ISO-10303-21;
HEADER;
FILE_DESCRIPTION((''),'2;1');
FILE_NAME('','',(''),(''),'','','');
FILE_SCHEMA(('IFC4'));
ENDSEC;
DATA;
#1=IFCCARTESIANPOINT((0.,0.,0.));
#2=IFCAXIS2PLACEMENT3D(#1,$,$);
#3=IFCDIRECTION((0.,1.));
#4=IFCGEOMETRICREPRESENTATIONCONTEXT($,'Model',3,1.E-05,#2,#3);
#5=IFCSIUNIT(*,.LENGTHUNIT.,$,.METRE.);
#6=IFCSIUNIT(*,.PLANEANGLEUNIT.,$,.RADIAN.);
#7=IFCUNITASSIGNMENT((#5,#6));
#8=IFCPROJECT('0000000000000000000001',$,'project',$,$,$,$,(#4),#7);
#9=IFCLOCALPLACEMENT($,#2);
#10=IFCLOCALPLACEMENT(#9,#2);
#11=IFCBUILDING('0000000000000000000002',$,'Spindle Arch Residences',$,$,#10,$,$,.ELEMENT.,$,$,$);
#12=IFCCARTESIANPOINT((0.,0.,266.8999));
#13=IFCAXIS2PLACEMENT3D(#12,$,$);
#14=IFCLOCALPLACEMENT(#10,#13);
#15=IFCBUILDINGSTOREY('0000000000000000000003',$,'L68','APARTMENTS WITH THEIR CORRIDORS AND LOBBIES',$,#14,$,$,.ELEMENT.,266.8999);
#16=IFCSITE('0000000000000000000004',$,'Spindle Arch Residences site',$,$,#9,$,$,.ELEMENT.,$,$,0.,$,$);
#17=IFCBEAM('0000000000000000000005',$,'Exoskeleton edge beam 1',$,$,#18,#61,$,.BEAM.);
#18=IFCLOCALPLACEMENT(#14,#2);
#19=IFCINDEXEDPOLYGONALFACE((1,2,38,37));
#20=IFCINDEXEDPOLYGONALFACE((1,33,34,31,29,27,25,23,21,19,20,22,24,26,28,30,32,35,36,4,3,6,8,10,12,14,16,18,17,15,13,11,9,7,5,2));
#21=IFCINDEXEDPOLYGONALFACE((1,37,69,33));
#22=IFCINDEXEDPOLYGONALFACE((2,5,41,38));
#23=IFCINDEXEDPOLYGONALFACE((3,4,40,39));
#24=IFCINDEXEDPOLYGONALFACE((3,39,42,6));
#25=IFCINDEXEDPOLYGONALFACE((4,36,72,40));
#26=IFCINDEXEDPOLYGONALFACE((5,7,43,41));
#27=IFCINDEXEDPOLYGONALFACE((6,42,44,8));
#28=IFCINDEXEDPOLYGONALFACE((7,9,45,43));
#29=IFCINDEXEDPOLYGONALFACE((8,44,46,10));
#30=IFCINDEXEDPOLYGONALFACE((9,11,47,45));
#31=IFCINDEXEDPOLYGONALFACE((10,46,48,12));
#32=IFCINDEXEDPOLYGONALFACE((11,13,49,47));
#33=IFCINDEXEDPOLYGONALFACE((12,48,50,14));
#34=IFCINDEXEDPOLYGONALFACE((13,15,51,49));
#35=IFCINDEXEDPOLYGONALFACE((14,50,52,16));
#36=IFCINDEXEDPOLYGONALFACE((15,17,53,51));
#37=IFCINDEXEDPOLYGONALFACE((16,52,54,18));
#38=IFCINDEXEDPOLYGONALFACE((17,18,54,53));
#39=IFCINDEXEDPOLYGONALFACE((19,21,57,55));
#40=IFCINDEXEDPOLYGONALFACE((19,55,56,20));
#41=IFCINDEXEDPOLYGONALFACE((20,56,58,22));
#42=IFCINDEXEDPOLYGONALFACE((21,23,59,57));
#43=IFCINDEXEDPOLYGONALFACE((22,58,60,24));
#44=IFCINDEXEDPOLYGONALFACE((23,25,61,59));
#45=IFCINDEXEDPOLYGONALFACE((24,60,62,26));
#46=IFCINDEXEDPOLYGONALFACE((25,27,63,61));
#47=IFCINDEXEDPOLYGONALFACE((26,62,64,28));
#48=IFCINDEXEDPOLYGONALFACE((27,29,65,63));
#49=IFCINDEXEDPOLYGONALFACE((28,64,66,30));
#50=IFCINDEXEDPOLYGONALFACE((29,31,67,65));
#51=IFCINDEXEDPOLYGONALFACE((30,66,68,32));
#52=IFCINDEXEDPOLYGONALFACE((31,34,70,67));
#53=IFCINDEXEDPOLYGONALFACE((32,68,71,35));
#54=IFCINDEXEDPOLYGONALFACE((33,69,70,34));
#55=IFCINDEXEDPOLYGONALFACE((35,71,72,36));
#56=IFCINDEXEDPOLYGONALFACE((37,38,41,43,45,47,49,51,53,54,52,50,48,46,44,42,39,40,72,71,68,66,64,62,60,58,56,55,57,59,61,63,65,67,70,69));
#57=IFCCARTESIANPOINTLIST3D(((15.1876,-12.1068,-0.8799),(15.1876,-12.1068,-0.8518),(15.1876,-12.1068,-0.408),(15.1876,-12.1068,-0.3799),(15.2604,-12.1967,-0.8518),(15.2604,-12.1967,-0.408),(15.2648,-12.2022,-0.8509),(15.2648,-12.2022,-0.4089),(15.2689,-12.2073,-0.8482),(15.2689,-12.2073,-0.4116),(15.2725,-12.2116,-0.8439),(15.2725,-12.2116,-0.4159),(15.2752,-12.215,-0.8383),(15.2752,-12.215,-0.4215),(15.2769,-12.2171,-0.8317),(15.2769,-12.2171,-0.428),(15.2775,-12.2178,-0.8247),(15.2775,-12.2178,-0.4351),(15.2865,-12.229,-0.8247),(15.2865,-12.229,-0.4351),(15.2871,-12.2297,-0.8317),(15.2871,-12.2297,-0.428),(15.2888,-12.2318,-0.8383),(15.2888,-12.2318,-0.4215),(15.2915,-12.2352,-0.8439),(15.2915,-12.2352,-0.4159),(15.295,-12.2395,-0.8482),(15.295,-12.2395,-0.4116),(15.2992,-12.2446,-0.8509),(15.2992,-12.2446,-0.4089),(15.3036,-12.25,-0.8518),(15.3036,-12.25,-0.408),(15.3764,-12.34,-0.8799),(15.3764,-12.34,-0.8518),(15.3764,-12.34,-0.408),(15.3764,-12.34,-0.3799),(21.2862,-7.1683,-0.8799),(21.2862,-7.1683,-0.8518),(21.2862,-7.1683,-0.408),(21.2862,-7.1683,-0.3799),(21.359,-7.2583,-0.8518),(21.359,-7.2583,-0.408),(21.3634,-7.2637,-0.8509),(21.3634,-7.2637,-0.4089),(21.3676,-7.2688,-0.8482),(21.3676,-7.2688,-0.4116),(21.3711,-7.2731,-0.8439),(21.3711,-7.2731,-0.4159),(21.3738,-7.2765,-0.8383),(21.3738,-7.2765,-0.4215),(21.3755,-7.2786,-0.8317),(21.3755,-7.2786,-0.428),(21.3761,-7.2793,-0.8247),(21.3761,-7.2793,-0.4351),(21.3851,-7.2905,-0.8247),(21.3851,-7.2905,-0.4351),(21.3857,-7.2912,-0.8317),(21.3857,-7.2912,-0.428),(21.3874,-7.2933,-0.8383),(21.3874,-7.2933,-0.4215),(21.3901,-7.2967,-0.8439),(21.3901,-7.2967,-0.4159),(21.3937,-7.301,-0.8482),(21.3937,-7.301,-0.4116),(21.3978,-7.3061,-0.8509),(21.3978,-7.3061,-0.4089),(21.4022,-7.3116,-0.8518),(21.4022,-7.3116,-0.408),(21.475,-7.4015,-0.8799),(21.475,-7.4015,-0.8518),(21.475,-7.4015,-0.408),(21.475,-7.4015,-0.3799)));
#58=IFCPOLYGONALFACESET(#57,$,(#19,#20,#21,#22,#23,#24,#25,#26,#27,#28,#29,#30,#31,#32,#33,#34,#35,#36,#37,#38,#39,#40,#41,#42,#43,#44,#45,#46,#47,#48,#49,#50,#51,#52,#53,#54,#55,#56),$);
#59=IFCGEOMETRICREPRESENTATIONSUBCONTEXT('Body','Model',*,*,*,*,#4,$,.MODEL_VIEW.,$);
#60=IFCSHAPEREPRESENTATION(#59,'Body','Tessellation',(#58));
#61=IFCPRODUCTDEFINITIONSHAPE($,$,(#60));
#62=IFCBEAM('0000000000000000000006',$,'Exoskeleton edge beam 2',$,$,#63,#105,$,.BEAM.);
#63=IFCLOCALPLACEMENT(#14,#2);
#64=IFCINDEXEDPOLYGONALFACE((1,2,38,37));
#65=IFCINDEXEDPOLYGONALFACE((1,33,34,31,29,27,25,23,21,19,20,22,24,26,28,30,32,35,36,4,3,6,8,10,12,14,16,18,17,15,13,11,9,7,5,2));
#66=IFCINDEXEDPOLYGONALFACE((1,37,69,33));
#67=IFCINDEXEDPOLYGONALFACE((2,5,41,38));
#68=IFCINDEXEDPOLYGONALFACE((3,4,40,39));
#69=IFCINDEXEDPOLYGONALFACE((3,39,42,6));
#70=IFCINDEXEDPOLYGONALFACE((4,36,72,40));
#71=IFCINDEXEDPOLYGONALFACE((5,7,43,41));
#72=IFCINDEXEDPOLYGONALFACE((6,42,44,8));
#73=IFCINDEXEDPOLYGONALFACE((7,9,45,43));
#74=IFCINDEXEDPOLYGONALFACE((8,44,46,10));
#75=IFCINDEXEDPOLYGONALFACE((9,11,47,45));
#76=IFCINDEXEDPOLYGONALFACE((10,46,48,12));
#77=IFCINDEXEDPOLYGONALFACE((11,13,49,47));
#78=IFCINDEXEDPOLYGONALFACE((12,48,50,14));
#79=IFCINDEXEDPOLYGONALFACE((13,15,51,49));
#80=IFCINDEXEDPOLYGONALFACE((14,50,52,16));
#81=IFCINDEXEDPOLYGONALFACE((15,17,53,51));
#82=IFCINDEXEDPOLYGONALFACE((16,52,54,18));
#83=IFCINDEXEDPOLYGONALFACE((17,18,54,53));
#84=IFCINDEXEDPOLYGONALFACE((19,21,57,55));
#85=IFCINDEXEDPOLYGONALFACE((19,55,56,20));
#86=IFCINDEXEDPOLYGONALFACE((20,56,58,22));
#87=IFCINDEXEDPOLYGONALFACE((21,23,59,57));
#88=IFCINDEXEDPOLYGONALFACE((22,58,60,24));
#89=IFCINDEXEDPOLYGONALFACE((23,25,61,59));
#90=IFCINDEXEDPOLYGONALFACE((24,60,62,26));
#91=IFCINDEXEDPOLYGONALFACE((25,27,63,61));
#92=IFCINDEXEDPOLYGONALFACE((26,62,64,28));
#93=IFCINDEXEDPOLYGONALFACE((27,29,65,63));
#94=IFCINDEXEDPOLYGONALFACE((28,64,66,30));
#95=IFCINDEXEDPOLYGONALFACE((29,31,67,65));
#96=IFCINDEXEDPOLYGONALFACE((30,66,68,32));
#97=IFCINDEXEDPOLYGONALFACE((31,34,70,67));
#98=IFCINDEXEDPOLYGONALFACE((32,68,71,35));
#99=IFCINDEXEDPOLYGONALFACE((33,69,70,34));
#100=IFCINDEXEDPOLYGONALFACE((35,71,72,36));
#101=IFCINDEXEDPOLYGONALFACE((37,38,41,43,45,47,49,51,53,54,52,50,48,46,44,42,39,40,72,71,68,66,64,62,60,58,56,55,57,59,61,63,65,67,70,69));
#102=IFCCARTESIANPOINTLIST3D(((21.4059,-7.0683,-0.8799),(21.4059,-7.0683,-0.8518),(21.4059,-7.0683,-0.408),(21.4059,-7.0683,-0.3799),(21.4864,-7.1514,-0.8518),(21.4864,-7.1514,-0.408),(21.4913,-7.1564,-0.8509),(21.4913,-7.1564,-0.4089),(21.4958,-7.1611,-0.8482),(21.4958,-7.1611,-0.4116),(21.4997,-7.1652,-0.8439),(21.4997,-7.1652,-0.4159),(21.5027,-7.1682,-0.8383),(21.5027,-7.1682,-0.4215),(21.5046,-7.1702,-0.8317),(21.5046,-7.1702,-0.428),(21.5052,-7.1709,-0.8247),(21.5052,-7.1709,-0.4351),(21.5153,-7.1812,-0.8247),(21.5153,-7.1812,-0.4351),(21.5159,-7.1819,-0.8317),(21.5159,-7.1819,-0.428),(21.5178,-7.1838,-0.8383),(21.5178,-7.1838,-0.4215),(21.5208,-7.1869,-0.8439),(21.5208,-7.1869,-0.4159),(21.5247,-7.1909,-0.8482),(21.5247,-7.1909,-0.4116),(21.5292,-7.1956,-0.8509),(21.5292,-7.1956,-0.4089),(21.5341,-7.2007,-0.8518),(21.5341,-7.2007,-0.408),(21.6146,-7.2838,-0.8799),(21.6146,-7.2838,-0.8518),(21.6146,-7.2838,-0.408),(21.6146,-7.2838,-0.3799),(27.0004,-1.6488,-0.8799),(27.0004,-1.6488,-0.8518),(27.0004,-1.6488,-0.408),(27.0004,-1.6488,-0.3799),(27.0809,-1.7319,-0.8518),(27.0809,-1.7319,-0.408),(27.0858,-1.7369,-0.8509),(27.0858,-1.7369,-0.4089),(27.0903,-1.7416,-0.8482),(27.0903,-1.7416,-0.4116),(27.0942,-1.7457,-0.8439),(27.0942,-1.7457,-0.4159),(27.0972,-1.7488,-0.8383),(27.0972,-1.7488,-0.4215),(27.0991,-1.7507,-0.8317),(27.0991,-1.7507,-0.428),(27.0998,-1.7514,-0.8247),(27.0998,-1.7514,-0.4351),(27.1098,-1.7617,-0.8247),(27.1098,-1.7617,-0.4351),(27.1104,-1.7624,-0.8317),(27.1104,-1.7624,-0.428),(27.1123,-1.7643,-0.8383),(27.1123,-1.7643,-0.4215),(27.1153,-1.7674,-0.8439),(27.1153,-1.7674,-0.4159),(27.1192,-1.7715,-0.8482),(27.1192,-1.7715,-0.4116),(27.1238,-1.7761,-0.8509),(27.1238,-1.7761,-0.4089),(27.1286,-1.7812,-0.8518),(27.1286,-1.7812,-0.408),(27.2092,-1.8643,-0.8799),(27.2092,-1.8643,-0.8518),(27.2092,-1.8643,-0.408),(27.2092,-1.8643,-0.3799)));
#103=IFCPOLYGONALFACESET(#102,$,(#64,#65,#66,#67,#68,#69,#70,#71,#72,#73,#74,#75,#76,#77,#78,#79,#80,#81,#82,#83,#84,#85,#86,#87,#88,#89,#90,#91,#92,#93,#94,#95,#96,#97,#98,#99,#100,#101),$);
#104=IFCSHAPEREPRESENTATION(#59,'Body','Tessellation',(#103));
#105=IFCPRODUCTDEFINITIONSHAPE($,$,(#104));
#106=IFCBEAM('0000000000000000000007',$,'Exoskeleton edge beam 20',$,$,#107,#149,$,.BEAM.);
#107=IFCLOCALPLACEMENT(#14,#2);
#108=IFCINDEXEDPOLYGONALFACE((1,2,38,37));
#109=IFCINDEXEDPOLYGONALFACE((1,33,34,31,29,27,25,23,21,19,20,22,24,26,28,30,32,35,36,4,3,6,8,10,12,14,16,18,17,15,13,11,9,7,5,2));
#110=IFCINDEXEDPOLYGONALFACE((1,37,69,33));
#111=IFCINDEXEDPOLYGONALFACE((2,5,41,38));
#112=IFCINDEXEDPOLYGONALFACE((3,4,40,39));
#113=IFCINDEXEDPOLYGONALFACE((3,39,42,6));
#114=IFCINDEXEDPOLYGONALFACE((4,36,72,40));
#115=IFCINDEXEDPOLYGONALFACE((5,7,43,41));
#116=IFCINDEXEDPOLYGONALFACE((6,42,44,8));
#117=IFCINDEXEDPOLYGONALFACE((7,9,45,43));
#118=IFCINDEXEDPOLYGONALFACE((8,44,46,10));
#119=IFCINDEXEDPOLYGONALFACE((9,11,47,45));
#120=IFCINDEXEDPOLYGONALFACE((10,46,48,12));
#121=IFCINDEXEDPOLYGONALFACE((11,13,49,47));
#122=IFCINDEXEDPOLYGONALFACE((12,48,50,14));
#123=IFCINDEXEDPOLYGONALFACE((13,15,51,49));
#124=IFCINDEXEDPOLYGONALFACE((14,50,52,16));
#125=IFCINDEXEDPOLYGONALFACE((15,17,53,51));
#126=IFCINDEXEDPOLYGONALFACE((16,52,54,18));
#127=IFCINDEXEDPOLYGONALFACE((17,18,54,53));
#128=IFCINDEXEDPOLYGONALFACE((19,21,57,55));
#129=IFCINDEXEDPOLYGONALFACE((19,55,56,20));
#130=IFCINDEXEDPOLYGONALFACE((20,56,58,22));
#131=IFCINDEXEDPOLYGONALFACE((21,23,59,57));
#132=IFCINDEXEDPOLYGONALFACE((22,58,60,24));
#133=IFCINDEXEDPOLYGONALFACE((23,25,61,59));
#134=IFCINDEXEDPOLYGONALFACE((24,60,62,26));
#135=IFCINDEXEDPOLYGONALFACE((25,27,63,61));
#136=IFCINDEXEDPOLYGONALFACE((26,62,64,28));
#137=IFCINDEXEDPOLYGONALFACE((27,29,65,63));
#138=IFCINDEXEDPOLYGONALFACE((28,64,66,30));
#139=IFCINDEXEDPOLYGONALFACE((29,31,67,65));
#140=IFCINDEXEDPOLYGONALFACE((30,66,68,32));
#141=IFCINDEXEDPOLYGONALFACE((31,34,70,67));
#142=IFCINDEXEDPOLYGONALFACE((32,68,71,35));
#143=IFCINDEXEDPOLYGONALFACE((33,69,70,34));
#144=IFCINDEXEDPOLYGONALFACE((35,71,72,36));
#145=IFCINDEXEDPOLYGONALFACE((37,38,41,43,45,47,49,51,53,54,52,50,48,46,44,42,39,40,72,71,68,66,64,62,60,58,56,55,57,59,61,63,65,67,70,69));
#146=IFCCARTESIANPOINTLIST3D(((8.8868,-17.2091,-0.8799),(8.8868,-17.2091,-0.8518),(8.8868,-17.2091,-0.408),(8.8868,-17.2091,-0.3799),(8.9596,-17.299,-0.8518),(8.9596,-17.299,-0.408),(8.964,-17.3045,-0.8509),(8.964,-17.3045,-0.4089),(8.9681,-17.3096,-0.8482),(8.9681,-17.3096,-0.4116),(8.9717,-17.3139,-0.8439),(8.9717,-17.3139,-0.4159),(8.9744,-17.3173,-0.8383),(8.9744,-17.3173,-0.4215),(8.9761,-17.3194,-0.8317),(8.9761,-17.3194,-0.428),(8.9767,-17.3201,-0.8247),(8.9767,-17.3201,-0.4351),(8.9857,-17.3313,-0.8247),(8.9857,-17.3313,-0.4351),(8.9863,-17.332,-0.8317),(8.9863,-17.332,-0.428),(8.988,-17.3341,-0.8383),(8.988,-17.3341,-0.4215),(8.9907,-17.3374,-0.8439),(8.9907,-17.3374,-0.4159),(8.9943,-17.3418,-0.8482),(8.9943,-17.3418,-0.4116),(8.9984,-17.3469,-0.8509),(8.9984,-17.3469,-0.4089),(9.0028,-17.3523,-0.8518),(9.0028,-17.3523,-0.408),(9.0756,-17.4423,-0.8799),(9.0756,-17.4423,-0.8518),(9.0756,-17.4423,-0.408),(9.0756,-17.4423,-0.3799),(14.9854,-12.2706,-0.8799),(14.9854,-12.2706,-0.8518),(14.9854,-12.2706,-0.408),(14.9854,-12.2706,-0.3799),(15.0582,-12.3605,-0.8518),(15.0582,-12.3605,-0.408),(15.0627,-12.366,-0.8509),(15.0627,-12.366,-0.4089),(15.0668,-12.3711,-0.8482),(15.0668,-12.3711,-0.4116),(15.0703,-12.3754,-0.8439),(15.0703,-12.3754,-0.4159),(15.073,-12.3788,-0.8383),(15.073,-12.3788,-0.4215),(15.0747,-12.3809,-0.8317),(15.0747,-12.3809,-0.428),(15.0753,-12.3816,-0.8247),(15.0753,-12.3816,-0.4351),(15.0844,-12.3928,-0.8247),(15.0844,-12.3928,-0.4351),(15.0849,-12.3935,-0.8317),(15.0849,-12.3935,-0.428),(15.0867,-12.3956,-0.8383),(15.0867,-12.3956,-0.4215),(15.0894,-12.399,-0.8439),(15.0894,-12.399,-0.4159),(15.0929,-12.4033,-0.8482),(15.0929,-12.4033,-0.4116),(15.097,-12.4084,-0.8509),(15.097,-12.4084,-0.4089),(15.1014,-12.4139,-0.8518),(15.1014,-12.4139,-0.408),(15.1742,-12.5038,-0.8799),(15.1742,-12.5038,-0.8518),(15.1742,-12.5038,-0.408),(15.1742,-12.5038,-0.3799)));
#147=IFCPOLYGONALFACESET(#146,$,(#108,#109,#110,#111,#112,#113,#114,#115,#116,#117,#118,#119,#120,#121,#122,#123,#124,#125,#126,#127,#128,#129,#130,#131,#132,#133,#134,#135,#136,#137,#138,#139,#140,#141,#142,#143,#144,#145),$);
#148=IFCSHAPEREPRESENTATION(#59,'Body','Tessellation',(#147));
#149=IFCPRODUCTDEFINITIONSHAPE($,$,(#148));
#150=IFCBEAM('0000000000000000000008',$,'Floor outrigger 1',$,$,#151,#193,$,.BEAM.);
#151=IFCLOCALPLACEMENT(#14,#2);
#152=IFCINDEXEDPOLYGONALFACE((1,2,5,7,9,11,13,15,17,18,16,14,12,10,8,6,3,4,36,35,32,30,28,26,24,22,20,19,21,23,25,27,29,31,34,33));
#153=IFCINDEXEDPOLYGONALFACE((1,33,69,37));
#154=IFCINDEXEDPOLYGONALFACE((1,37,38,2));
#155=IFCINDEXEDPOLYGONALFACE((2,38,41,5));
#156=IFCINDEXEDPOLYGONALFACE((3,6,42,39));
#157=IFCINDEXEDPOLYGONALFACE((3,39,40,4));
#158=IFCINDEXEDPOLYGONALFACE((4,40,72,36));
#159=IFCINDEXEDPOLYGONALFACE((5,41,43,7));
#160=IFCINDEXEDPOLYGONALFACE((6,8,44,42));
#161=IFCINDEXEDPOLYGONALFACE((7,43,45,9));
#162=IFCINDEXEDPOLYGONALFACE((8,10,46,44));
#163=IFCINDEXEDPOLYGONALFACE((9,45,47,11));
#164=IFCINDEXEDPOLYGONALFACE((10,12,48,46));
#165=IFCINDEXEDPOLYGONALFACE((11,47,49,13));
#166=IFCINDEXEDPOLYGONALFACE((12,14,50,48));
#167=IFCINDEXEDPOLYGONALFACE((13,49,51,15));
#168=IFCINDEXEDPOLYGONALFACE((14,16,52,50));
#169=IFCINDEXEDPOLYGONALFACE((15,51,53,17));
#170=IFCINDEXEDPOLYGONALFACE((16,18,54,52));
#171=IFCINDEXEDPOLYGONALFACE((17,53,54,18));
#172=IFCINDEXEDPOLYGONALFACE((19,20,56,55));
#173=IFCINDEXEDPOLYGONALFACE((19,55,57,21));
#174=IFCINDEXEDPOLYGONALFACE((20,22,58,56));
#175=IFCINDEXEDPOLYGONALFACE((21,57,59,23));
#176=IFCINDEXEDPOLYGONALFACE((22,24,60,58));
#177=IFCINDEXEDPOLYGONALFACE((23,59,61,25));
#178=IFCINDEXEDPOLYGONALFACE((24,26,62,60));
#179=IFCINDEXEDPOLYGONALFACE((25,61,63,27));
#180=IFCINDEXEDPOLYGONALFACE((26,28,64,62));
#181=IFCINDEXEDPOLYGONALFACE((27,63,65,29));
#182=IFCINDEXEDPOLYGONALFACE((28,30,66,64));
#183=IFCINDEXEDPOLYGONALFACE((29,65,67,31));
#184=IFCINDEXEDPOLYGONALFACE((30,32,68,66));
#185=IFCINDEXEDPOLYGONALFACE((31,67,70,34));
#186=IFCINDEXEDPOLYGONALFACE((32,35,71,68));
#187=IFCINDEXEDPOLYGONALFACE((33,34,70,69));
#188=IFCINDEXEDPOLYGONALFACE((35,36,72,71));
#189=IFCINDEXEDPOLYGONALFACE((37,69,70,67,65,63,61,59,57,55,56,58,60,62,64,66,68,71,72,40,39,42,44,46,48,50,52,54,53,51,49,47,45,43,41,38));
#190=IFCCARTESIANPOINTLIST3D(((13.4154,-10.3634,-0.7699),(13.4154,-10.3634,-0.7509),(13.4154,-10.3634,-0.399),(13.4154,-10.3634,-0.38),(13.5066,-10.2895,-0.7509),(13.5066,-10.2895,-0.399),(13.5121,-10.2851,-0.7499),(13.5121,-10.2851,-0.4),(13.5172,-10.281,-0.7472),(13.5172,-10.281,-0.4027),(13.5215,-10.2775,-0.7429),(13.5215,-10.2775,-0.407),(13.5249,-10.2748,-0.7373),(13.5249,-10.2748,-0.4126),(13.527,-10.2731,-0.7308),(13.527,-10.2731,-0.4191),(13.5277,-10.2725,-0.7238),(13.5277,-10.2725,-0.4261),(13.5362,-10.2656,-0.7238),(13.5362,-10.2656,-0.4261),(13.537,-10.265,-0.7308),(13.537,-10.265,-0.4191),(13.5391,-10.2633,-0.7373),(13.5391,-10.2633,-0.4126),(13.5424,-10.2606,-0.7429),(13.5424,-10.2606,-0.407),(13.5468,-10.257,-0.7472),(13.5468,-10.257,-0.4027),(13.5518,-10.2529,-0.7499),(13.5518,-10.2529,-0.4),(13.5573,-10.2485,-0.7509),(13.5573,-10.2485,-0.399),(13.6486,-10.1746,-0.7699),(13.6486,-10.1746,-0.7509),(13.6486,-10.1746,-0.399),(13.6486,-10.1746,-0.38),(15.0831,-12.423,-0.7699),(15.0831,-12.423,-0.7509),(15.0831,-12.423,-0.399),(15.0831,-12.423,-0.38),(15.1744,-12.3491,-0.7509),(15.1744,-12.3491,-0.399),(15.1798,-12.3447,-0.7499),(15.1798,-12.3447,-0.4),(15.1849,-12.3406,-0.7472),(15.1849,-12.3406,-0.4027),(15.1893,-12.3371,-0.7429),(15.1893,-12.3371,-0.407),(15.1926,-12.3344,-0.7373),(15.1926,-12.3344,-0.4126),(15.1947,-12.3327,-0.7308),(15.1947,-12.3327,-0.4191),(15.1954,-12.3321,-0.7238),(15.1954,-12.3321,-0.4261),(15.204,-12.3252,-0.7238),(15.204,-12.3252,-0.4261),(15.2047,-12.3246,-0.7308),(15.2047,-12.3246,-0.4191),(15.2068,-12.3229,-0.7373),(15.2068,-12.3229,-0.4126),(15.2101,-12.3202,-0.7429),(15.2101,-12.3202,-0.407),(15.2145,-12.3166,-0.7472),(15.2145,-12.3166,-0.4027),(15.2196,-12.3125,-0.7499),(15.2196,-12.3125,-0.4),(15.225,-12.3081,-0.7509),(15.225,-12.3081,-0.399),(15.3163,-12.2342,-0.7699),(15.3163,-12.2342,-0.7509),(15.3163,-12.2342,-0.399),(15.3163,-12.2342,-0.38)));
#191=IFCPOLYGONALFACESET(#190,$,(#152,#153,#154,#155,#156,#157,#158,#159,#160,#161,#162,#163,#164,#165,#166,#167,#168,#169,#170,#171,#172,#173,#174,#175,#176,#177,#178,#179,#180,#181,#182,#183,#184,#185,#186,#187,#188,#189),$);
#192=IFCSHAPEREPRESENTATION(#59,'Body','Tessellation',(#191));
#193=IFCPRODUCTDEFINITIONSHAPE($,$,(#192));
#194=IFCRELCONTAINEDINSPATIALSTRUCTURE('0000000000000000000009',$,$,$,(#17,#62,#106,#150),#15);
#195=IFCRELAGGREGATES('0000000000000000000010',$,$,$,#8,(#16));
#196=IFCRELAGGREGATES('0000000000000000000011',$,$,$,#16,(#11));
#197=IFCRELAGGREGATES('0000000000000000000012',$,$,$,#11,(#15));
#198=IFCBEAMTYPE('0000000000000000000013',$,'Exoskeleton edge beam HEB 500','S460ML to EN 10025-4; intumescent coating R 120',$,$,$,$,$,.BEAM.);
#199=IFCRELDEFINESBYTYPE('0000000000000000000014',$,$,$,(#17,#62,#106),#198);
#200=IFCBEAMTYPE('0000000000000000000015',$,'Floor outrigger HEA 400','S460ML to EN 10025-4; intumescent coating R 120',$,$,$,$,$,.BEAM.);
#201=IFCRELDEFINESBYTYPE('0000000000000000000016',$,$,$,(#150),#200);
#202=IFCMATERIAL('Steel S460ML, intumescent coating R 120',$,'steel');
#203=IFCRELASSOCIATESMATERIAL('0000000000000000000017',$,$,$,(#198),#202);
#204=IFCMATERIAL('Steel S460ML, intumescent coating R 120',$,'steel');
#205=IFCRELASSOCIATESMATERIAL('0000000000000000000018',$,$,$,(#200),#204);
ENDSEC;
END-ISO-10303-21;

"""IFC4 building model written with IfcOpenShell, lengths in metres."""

from ifc_helpers import new_model, si_unit, direction, frame, origin, origin_2d, place, context, subcontext, project, spatial, i_section, extrude, material, material_profile, profile_set, type_object, element, save


model = new_model("IFC4")

# Units and contexts
model_context = context("Model", 3, precision=1e-05, world=origin(), true_north=direction((0.0, 1.0)))
body_context = subcontext(model_context, "Body", "Model", "MODEL_VIEW")
ifc_project = project(units=[si_unit("LENGTHUNIT", "METRE"), si_unit("PLANEANGLEUNIT", "RADIAN")], contexts=[model_context])

# Site, building, storey
site_placement = place(None, origin())
site = spatial("IfcSite", under=ifc_project, at=site_placement, Name="Spindle Arch Residences site", CompositionType="ELEMENT", RefElevation=0.0)
building_placement = place(site_placement, origin())
building = spatial("IfcBuilding", under=site, at=building_placement, Name="Spindle Arch Residences", CompositionType="ELEMENT")
storey_placement = place(building_placement, frame((0.0, 0.0, 266.8999)))
storey = spatial("IfcBuildingStorey", under=building, at=storey_placement, Name="L68", Description="APARTMENTS WITH THEIR CORRIDORS AND LOBBIES", CompositionType="ELEMENT", Elevation=266.8999)

# Beams
ifc_material_1 = material(Name="Steel S460ML, intumescent coating R 120", Category="steel")
ifc_material_profile_1 = material_profile(ifc_material_1, i_section(OverallWidth=0.3, OverallDepth=0.5, WebThickness=0.0144, FlangeThickness=0.0281, FilletRadius=0.0271, at=origin_2d()), Name="HEB 500")
ifc_profile_set_1 = profile_set([ifc_material_profile_1], Name="Steel S460ML, intumescent coating R 120")
beam_type_1 = type_object("IfcBeamType", Name="Exoskeleton edge beam HEB 500", Description="S460ML to EN 10025-4; intumescent coating R 120", PredefinedType="BEAM", material=ifc_profile_set_1)
beam_1_placement = place(storey_placement, frame((15.282, -12.2234, -0.6299), z_axis=(0.777152, 0.629313, 0.0), x_axis=(-0.629313, 0.777152, 0.0)))
element("IfcBeam", 1, at=beam_1_placement, inside=storey, type_object=beam_type_1, Name="Exoskeleton edge beam 1", PredefinedType="BEAM", context=body_context, shape_type="SweptSolid", body=[
    extrude(i_section(OverallWidth=0.3, OverallDepth=0.5, WebThickness=0.0144, FlangeThickness=0.0281, FilletRadius=0.0271, at=origin_2d()), origin(), (0.0, 0.0, 1.0), 7.8474),
])
beam_2_placement = place(storey_placement, frame((21.5103, -7.176, -0.6299), z_axis=(0.718254, 0.695781, 0.0), x_axis=(-0.695781, 0.718254, 0.0)))
element("IfcBeam", 2, at=beam_2_placement, inside=storey, type_object=beam_type_1, Name="Exoskeleton edge beam 2", PredefinedType="BEAM", context=body_context, shape_type="SweptSolid", body=[
    extrude(i_section(OverallWidth=0.3, OverallDepth=0.5, WebThickness=0.0144, FlangeThickness=0.0281, FilletRadius=0.0271, at=origin_2d()), origin(), (0.0, 0.0, 1.0), 7.7891),
])
beam_3_placement = place(storey_placement, frame((8.9812, -17.3257, -0.6299), z_axis=(0.777152, 0.629313, 0.0), x_axis=(-0.629313, 0.777152, 0.0)))
element("IfcBeam", 3, at=beam_3_placement, inside=storey, type_object=beam_type_1, Name="Exoskeleton edge beam 20", PredefinedType="BEAM", context=body_context, shape_type="SweptSolid", body=[
    extrude(i_section(OverallWidth=0.3, OverallDepth=0.5, WebThickness=0.0144, FlangeThickness=0.0281, FilletRadius=0.0271, at=origin_2d()), origin(), (0.0, 0.0, 1.0), 7.8474),
])
ifc_material_2 = material(Name="Steel S460ML, intumescent coating R 120", Category="steel")
ifc_material_profile_2 = material_profile(ifc_material_2, i_section(OverallWidth=0.3, OverallDepth=0.3899, WebThickness=0.011, FlangeThickness=0.019, FilletRadius=0.0271, at=origin_2d()), Name="HEA 400")
ifc_profile_set_2 = profile_set([ifc_material_profile_2], Name="Steel S460ML, intumescent coating R 120")
beam_type_2 = type_object("IfcBeamType", Name="Floor outrigger HEA 400", Description="S460ML to EN 10025-4; intumescent coating R 120", PredefinedType="BEAM", material=ifc_profile_set_2)
for number, where, z_axis, x_axis, name in (
    (4, (15.1997, -12.3286, -0.575), (-0.629302, 0.777161, 0.0), (-0.777161, -0.629302, 0.0), "Floor outrigger 1"),
):
    element("IfcBeam", number, at=place(storey_placement, frame(where, z_axis=z_axis, x_axis=x_axis)), inside=storey, type_object=beam_type_2, Name=name, PredefinedType="BEAM", context=body_context, shape_type="SweptSolid", body=[
        extrude(i_section(OverallWidth=0.3, OverallDepth=0.3899, WebThickness=0.011, FlangeThickness=0.019, FilletRadius=0.0271, at=origin_2d()), origin(), (0.0, 0.0, 1.0), 2.6501),
    ])

save(model, "model.ifc")
